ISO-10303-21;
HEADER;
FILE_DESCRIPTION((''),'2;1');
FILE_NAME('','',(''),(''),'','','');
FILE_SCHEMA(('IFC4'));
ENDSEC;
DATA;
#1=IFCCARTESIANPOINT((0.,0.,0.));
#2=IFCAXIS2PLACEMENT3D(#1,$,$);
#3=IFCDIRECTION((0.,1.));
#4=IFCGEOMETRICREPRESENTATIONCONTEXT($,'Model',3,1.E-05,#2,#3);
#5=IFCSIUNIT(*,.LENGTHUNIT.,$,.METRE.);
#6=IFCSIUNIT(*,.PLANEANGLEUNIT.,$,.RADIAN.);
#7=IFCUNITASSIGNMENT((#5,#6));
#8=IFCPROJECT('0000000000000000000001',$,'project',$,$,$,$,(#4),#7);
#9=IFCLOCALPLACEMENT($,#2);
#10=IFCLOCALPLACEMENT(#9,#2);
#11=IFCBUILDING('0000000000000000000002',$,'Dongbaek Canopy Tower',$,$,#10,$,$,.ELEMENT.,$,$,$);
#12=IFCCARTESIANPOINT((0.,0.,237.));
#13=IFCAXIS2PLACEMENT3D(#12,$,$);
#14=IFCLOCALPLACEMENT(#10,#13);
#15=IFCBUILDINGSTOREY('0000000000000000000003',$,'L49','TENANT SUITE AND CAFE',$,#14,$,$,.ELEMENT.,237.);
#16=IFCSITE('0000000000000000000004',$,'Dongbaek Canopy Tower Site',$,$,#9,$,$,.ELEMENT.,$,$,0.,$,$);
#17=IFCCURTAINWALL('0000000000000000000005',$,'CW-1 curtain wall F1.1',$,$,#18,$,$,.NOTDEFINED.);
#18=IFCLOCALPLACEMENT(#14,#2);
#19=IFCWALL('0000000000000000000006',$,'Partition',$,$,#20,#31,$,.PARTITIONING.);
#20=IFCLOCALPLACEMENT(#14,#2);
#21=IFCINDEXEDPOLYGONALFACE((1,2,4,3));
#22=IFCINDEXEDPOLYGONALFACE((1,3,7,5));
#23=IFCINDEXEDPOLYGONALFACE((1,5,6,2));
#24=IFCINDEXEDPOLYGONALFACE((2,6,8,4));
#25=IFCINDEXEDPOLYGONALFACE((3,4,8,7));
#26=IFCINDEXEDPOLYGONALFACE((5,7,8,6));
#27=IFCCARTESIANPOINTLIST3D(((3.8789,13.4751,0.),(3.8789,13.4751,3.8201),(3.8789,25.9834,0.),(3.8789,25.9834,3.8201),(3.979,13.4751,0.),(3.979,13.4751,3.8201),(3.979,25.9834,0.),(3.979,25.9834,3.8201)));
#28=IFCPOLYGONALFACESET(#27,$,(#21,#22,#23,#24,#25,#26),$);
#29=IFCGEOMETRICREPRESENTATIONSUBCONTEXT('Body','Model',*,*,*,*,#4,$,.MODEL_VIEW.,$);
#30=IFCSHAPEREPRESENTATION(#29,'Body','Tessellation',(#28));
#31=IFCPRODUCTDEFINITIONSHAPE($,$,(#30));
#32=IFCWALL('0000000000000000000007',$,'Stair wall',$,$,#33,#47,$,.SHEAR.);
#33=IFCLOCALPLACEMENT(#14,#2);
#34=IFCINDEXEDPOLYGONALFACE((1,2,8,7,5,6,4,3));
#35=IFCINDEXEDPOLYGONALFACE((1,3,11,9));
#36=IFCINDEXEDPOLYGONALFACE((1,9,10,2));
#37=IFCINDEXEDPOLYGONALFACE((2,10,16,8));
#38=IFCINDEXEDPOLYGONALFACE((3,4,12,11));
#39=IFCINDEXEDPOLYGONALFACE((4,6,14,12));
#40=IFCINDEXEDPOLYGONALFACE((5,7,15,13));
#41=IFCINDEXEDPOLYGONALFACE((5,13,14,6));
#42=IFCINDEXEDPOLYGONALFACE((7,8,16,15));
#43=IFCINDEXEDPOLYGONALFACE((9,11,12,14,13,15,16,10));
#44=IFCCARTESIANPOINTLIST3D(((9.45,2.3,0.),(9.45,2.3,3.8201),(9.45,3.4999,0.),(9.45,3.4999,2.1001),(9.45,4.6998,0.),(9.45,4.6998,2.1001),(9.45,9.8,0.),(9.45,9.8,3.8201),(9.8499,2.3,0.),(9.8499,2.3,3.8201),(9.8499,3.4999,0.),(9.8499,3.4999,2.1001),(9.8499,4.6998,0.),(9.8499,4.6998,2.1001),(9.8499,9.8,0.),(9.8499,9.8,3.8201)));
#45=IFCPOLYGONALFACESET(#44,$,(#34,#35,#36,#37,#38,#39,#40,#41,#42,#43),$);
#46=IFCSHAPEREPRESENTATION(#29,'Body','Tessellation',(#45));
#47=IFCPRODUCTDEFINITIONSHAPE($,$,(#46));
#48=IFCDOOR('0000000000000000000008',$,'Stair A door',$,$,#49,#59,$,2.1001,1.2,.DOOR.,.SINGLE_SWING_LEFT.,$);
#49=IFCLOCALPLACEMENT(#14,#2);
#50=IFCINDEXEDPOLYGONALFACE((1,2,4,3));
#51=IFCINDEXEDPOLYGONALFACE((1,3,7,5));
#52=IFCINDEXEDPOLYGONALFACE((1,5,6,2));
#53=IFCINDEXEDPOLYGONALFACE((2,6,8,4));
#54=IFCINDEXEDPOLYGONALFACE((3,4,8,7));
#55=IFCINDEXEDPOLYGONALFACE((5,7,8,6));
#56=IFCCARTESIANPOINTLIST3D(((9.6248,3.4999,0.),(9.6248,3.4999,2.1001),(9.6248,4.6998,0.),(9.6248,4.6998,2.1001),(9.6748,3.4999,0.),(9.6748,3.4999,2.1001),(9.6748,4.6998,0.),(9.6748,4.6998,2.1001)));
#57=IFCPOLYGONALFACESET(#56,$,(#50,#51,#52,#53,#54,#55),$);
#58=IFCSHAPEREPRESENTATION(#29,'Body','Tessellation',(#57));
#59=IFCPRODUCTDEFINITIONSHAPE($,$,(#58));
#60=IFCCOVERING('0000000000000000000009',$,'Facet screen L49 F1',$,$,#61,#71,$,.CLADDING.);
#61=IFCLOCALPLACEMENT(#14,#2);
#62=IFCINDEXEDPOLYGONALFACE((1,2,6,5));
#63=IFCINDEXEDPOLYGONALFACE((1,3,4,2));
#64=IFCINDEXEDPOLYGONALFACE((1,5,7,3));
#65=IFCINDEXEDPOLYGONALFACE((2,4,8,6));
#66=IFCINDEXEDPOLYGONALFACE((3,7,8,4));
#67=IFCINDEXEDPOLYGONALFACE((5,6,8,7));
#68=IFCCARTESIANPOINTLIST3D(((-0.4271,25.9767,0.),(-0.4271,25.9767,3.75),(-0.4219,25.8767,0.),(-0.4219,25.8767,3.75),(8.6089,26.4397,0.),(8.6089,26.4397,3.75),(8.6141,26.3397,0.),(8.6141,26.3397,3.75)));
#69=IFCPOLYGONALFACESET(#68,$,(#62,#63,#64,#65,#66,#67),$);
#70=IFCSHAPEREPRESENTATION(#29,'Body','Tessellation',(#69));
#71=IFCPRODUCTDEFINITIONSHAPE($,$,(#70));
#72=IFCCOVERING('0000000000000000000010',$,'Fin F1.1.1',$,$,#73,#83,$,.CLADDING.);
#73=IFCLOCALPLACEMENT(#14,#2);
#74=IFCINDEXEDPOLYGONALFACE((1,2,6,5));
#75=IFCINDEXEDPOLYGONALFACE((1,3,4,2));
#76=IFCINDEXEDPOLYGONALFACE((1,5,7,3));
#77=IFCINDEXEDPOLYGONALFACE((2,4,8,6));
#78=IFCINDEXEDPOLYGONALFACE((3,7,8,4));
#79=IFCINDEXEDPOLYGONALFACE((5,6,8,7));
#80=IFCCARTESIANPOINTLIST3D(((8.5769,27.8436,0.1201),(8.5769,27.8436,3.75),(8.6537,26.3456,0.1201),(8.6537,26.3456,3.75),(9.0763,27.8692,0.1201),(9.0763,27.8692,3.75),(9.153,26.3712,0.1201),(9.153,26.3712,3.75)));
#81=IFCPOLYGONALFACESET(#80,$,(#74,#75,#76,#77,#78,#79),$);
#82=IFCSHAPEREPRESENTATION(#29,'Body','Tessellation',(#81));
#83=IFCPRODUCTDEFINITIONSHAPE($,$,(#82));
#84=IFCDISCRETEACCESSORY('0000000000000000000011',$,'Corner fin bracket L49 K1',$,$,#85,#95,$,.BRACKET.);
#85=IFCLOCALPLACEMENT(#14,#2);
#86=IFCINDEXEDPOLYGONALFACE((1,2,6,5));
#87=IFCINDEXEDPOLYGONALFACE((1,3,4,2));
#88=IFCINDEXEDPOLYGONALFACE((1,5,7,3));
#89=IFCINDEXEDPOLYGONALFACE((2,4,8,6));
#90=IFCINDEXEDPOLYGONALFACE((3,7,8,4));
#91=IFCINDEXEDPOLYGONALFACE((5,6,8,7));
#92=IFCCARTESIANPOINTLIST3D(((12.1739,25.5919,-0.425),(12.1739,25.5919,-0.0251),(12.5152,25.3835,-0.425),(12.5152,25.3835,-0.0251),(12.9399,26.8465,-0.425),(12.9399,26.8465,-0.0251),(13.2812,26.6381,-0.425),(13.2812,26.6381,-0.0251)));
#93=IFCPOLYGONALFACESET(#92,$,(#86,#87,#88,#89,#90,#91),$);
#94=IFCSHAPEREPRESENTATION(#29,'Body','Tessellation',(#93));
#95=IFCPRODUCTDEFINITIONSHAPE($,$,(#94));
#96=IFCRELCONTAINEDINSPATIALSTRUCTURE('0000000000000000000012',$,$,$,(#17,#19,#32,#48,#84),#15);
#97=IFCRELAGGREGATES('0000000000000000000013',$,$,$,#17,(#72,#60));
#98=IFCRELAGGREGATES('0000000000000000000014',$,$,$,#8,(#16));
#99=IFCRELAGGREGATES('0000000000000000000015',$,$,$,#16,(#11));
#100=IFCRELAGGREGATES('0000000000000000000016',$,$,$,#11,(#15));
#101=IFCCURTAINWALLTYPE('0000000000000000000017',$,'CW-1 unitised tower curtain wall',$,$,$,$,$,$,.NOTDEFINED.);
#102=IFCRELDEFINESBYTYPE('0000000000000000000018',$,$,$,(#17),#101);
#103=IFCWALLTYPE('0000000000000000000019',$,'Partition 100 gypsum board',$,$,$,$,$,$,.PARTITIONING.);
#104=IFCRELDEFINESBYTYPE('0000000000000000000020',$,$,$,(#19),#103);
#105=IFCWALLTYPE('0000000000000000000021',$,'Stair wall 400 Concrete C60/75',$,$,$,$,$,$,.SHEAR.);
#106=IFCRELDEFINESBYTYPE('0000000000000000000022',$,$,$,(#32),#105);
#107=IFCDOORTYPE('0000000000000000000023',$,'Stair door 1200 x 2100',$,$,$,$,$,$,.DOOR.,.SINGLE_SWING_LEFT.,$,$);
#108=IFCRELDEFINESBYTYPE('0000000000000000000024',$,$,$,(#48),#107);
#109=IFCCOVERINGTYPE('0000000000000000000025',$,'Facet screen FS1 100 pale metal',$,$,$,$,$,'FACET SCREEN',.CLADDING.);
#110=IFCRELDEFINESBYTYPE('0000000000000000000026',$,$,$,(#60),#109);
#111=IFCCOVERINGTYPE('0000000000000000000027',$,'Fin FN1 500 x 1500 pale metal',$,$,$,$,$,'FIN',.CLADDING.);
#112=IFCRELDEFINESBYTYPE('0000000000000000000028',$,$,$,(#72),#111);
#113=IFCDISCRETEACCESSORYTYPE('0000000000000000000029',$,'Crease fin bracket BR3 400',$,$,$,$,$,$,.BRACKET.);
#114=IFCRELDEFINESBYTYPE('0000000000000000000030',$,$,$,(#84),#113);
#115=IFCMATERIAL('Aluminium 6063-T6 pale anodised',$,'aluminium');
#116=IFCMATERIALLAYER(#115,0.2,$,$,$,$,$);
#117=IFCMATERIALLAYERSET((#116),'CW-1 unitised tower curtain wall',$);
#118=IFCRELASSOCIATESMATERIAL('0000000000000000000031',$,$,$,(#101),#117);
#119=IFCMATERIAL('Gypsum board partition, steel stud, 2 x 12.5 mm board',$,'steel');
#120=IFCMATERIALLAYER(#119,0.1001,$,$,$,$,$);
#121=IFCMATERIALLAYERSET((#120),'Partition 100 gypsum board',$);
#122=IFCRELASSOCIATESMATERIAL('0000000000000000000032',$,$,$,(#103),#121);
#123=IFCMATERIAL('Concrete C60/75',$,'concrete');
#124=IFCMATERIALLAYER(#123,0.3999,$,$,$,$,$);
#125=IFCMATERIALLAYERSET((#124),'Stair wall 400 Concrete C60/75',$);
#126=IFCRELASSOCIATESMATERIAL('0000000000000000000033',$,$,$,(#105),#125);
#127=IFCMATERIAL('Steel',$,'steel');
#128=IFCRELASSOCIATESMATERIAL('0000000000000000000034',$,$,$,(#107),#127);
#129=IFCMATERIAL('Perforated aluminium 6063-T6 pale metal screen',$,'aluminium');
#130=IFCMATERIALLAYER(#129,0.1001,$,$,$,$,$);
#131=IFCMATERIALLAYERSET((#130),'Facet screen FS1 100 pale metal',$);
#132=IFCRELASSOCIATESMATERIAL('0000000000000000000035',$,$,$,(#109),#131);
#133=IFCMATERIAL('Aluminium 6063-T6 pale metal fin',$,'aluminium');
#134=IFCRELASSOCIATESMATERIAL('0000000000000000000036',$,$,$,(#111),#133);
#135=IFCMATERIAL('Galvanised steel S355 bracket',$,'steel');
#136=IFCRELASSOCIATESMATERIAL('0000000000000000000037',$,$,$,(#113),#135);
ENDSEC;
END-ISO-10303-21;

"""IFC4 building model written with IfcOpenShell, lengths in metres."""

from ifc_helpers import new_model, si_unit, direction, frame, frame_2d, origin, origin_2d, place, context, subcontext, project, spatial, rectangle, extrude, material, layer, layer_set, material_profile, profile_set, type_object, element, fill, aggregate, save


model = new_model("IFC4")

# Units and contexts
model_context = context("Model", 3, precision=1e-05, world=origin(), true_north=direction((0.0, 1.0)))
body_context = subcontext(model_context, "Body", "Model", "MODEL_VIEW")
ifc_project = project(units=[si_unit("LENGTHUNIT", "METRE"), si_unit("PLANEANGLEUNIT", "RADIAN")], contexts=[model_context])

# Site, building, storey
site_placement = place(None, origin())
site = spatial("IfcSite", under=ifc_project, at=site_placement, Name="Dongbaek Canopy Tower Site", CompositionType="ELEMENT", RefElevation=0.0)
building_placement = place(site_placement, origin())
building = spatial("IfcBuilding", under=site, at=building_placement, Name="Dongbaek Canopy Tower", CompositionType="ELEMENT")
storey_placement = place(building_placement, frame((0.0, 0.0, 237.0)))
storey = spatial("IfcBuildingStorey", under=building, at=storey_placement, Name="L49", Description="TENANT SUITE AND CAFE", CompositionType="ELEMENT", Elevation=237.0)

# Curtain wall
ifc_material_1 = material(Name="Aluminium 6063-T6 pale anodised", Category="aluminium")
ifc_layer_1 = layer(ifc_material_1, 0.2)
ifc_layer_set_1 = layer_set([ifc_layer_1], Name="CW-1 unitised tower curtain wall")
curtain_wall_type = type_object("IfcCurtainWallType", Name="CW-1 unitised tower curtain wall", PredefinedType="NOTDEFINED", material=ifc_layer_set_1)
curtain_wall_1_placement = place(storey_placement, origin())
curtain_wall_1 = element("IfcCurtainWall", 1, at=curtain_wall_1_placement, inside=storey, type_object=curtain_wall_type, Name="CW-1 curtain wall F1.1", PredefinedType="NOTDEFINED")

# Wall
ifc_material_2 = material(Name="Gypsum board partition, steel stud, 2 x 12.5 mm board", Category="steel")
ifc_layer_2 = layer(ifc_material_2, 0.1001)
ifc_layer_set_2 = layer_set([ifc_layer_2], Name="Partition 100 gypsum board")
wall_type_1 = type_object("IfcWallType", Name="Partition 100 gypsum board", PredefinedType="PARTITIONING", material=ifc_layer_set_2)
wall_1_placement = place(storey_placement, frame((3.929, 13.4751, 0.0), z_axis=(0.0, 0.0, 1.0), x_axis=(0.0, 1.0, 0.0)))
element("IfcWall", 2, at=wall_1_placement, inside=storey, type_object=wall_type_1, Name="Partition", PredefinedType="PARTITIONING", context=body_context, shape_type="SweptSolid", body=[
    extrude(rectangle(XDim=12.5083, YDim=0.1001, at=frame_2d((6.2542, 0.0))), origin(), (0.0, 0.0, 1.0), 3.8201),
])

# Wall, opening, door
ifc_material_3 = material(Name="Concrete C60/75", Category="concrete")
ifc_layer_3 = layer(ifc_material_3, 0.3999)
ifc_layer_set_3 = layer_set([ifc_layer_3], Name="Stair wall 400 Concrete C60/75")
wall_type_2 = type_object("IfcWallType", Name="Stair wall 400 Concrete C60/75", PredefinedType="SHEAR", material=ifc_layer_set_3)
wall_2_placement = place(storey_placement, frame((9.6499, 9.8, 0.0), z_axis=(0.0, 0.0, 1.0), x_axis=(0.0, -1.0, 0.0)))
wall_2 = element("IfcWall", 3, at=wall_2_placement, inside=storey, type_object=wall_type_2, Name="Stair wall", PredefinedType="SHEAR", context=body_context, shape_type="SweptSolid", body=[
    extrude(rectangle(XDim=7.5, YDim=0.3999, at=frame_2d((3.75, 0.0))), origin(), (0.0, 0.0, 1.0), 3.8201),
])
opening_placement = place(wall_2_placement, frame((5.1001, 0.0, 0.0)))
opening = element("IfcOpeningElement", 4, at=opening_placement, cuts=wall_2, PredefinedType="OPENING", context=body_context, shape_type="SweptSolid", body=[
    extrude(rectangle(XDim=1.2, YDim=2.1001, at=frame_2d((0.6001, 1.05))), frame((0.0, 0.21, 0.0), z_axis=(0.0, -1.0, 0.0), x_axis=(1.0, 0.0, 0.0)), (0.0, 0.0, 1.0), 0.4199),
])
ifc_material_4 = material(Name="Steel", Category="steel")
door_type = type_object("IfcDoorType", Name="Stair door 1200 x 2100", OperationType="SINGLE_SWING_LEFT", PredefinedType="DOOR", material=ifc_material_4)
door_placement = place(opening_placement, origin())
door = element("IfcDoor", 5, at=door_placement, inside=storey, type_object=door_type, Name="Stair A door", OperationType="SINGLE_SWING_LEFT", OverallHeight=2.1001, OverallWidth=1.2, PredefinedType="DOOR", context=body_context, shape_type="SweptSolid", body=[
    extrude(rectangle(XDim=1.2, YDim=2.1001, at=frame_2d((0.6001, 1.05))), frame((0.0, 0.0249, 0.0), z_axis=(0.0, -1.0, 0.0), x_axis=(1.0, 0.0, 0.0)), (0.0, 0.0, 1.0), 0.05),
])
fill(opening, door)

# Coverings
ifc_material_5 = material(Name="Perforated aluminium 6063-T6 pale metal screen", Category="aluminium")
ifc_layer_4 = layer(ifc_material_5, 0.1001)
ifc_layer_set_4 = layer_set([ifc_layer_4], Name="Facet screen FS1 100 pale metal")
covering_type_1 = type_object("IfcCoveringType", Name="Facet screen FS1 100 pale metal", ElementType="FACET SCREEN", PredefinedType="CLADDING", material=ifc_layer_set_4)
covering_1_placement = place(storey_placement, frame((4.0935, 26.1582, 0.0), z_axis=(0.0, 0.0, 1.0), x_axis=(-0.99869, -0.051172, 0.0)))
covering_1 = element("IfcCovering", 6, at=covering_1_placement, type_object=covering_type_1, Name="Facet screen L49 F1", PredefinedType="CLADDING", context=body_context, shape_type="SweptSolid", body=[
    extrude(rectangle(XDim=9.0479, YDim=0.1001, at=origin_2d()), origin(), (0.0, 0.0, 1.0), 3.75),
])
ifc_material_6 = material(Name="Aluminium 6063-T6 pale metal fin", Category="aluminium")
ifc_material_profile_1 = material_profile(ifc_material_6, rectangle(XDim=1.5, YDim=0.5, at=origin_2d()), Name="Fin FN1 500 x 1500 pale metal")
ifc_profile_set_1 = profile_set([ifc_material_profile_1], Name="Aluminium 6063-T6 pale metal fin")
covering_type_2 = type_object("IfcCoveringType", Name="Fin FN1 500 x 1500 pale metal", ElementType="FIN", PredefinedType="CLADDING", material=ifc_profile_set_1)
covering_2_placement = place(storey_placement, frame((8.865, 27.1074, 0.1201), z_axis=(0.0, 0.0, 1.0), x_axis=(-0.051171, 0.99869, 0.0)))
covering_2 = element("IfcCovering", 7, at=covering_2_placement, type_object=covering_type_2, Name="Fin F1.1.1", PredefinedType="CLADDING", context=body_context, shape_type="SweptSolid", body=[
    extrude(rectangle(XDim=1.5, YDim=0.5, at=origin_2d()), origin(), (0.0, 0.0, 1.0), 3.6299),
])
aggregate(curtain_wall_1, [covering_2, covering_1])

# Discrete accessory
ifc_material_7 = material(Name="Galvanised steel S355 bracket", Category="steel")
discrete_accessory_type = type_object("IfcDiscreteAccessoryType", Name="Crease fin bracket BR3 400", PredefinedType="BRACKET", material=ifc_material_7)
discrete_accessory_placement = place(storey_placement, frame((12.7275, 26.115, -0.425), z_axis=(0.0, 0.0, 1.0), x_axis=(0.521099, 0.853496, 0.0)))
element("IfcDiscreteAccessory", 8, at=discrete_accessory_placement, inside=storey, type_object=discrete_accessory_type, Name="Corner fin bracket L49 K1", PredefinedType="BRACKET", context=body_context, shape_type="SweptSolid", body=[
    extrude(rectangle(XDim=1.47, YDim=0.3999, at=origin_2d()), origin(), (0.0, 0.0, 1.0), 0.3999),
])

save(model, "model.ifc")
